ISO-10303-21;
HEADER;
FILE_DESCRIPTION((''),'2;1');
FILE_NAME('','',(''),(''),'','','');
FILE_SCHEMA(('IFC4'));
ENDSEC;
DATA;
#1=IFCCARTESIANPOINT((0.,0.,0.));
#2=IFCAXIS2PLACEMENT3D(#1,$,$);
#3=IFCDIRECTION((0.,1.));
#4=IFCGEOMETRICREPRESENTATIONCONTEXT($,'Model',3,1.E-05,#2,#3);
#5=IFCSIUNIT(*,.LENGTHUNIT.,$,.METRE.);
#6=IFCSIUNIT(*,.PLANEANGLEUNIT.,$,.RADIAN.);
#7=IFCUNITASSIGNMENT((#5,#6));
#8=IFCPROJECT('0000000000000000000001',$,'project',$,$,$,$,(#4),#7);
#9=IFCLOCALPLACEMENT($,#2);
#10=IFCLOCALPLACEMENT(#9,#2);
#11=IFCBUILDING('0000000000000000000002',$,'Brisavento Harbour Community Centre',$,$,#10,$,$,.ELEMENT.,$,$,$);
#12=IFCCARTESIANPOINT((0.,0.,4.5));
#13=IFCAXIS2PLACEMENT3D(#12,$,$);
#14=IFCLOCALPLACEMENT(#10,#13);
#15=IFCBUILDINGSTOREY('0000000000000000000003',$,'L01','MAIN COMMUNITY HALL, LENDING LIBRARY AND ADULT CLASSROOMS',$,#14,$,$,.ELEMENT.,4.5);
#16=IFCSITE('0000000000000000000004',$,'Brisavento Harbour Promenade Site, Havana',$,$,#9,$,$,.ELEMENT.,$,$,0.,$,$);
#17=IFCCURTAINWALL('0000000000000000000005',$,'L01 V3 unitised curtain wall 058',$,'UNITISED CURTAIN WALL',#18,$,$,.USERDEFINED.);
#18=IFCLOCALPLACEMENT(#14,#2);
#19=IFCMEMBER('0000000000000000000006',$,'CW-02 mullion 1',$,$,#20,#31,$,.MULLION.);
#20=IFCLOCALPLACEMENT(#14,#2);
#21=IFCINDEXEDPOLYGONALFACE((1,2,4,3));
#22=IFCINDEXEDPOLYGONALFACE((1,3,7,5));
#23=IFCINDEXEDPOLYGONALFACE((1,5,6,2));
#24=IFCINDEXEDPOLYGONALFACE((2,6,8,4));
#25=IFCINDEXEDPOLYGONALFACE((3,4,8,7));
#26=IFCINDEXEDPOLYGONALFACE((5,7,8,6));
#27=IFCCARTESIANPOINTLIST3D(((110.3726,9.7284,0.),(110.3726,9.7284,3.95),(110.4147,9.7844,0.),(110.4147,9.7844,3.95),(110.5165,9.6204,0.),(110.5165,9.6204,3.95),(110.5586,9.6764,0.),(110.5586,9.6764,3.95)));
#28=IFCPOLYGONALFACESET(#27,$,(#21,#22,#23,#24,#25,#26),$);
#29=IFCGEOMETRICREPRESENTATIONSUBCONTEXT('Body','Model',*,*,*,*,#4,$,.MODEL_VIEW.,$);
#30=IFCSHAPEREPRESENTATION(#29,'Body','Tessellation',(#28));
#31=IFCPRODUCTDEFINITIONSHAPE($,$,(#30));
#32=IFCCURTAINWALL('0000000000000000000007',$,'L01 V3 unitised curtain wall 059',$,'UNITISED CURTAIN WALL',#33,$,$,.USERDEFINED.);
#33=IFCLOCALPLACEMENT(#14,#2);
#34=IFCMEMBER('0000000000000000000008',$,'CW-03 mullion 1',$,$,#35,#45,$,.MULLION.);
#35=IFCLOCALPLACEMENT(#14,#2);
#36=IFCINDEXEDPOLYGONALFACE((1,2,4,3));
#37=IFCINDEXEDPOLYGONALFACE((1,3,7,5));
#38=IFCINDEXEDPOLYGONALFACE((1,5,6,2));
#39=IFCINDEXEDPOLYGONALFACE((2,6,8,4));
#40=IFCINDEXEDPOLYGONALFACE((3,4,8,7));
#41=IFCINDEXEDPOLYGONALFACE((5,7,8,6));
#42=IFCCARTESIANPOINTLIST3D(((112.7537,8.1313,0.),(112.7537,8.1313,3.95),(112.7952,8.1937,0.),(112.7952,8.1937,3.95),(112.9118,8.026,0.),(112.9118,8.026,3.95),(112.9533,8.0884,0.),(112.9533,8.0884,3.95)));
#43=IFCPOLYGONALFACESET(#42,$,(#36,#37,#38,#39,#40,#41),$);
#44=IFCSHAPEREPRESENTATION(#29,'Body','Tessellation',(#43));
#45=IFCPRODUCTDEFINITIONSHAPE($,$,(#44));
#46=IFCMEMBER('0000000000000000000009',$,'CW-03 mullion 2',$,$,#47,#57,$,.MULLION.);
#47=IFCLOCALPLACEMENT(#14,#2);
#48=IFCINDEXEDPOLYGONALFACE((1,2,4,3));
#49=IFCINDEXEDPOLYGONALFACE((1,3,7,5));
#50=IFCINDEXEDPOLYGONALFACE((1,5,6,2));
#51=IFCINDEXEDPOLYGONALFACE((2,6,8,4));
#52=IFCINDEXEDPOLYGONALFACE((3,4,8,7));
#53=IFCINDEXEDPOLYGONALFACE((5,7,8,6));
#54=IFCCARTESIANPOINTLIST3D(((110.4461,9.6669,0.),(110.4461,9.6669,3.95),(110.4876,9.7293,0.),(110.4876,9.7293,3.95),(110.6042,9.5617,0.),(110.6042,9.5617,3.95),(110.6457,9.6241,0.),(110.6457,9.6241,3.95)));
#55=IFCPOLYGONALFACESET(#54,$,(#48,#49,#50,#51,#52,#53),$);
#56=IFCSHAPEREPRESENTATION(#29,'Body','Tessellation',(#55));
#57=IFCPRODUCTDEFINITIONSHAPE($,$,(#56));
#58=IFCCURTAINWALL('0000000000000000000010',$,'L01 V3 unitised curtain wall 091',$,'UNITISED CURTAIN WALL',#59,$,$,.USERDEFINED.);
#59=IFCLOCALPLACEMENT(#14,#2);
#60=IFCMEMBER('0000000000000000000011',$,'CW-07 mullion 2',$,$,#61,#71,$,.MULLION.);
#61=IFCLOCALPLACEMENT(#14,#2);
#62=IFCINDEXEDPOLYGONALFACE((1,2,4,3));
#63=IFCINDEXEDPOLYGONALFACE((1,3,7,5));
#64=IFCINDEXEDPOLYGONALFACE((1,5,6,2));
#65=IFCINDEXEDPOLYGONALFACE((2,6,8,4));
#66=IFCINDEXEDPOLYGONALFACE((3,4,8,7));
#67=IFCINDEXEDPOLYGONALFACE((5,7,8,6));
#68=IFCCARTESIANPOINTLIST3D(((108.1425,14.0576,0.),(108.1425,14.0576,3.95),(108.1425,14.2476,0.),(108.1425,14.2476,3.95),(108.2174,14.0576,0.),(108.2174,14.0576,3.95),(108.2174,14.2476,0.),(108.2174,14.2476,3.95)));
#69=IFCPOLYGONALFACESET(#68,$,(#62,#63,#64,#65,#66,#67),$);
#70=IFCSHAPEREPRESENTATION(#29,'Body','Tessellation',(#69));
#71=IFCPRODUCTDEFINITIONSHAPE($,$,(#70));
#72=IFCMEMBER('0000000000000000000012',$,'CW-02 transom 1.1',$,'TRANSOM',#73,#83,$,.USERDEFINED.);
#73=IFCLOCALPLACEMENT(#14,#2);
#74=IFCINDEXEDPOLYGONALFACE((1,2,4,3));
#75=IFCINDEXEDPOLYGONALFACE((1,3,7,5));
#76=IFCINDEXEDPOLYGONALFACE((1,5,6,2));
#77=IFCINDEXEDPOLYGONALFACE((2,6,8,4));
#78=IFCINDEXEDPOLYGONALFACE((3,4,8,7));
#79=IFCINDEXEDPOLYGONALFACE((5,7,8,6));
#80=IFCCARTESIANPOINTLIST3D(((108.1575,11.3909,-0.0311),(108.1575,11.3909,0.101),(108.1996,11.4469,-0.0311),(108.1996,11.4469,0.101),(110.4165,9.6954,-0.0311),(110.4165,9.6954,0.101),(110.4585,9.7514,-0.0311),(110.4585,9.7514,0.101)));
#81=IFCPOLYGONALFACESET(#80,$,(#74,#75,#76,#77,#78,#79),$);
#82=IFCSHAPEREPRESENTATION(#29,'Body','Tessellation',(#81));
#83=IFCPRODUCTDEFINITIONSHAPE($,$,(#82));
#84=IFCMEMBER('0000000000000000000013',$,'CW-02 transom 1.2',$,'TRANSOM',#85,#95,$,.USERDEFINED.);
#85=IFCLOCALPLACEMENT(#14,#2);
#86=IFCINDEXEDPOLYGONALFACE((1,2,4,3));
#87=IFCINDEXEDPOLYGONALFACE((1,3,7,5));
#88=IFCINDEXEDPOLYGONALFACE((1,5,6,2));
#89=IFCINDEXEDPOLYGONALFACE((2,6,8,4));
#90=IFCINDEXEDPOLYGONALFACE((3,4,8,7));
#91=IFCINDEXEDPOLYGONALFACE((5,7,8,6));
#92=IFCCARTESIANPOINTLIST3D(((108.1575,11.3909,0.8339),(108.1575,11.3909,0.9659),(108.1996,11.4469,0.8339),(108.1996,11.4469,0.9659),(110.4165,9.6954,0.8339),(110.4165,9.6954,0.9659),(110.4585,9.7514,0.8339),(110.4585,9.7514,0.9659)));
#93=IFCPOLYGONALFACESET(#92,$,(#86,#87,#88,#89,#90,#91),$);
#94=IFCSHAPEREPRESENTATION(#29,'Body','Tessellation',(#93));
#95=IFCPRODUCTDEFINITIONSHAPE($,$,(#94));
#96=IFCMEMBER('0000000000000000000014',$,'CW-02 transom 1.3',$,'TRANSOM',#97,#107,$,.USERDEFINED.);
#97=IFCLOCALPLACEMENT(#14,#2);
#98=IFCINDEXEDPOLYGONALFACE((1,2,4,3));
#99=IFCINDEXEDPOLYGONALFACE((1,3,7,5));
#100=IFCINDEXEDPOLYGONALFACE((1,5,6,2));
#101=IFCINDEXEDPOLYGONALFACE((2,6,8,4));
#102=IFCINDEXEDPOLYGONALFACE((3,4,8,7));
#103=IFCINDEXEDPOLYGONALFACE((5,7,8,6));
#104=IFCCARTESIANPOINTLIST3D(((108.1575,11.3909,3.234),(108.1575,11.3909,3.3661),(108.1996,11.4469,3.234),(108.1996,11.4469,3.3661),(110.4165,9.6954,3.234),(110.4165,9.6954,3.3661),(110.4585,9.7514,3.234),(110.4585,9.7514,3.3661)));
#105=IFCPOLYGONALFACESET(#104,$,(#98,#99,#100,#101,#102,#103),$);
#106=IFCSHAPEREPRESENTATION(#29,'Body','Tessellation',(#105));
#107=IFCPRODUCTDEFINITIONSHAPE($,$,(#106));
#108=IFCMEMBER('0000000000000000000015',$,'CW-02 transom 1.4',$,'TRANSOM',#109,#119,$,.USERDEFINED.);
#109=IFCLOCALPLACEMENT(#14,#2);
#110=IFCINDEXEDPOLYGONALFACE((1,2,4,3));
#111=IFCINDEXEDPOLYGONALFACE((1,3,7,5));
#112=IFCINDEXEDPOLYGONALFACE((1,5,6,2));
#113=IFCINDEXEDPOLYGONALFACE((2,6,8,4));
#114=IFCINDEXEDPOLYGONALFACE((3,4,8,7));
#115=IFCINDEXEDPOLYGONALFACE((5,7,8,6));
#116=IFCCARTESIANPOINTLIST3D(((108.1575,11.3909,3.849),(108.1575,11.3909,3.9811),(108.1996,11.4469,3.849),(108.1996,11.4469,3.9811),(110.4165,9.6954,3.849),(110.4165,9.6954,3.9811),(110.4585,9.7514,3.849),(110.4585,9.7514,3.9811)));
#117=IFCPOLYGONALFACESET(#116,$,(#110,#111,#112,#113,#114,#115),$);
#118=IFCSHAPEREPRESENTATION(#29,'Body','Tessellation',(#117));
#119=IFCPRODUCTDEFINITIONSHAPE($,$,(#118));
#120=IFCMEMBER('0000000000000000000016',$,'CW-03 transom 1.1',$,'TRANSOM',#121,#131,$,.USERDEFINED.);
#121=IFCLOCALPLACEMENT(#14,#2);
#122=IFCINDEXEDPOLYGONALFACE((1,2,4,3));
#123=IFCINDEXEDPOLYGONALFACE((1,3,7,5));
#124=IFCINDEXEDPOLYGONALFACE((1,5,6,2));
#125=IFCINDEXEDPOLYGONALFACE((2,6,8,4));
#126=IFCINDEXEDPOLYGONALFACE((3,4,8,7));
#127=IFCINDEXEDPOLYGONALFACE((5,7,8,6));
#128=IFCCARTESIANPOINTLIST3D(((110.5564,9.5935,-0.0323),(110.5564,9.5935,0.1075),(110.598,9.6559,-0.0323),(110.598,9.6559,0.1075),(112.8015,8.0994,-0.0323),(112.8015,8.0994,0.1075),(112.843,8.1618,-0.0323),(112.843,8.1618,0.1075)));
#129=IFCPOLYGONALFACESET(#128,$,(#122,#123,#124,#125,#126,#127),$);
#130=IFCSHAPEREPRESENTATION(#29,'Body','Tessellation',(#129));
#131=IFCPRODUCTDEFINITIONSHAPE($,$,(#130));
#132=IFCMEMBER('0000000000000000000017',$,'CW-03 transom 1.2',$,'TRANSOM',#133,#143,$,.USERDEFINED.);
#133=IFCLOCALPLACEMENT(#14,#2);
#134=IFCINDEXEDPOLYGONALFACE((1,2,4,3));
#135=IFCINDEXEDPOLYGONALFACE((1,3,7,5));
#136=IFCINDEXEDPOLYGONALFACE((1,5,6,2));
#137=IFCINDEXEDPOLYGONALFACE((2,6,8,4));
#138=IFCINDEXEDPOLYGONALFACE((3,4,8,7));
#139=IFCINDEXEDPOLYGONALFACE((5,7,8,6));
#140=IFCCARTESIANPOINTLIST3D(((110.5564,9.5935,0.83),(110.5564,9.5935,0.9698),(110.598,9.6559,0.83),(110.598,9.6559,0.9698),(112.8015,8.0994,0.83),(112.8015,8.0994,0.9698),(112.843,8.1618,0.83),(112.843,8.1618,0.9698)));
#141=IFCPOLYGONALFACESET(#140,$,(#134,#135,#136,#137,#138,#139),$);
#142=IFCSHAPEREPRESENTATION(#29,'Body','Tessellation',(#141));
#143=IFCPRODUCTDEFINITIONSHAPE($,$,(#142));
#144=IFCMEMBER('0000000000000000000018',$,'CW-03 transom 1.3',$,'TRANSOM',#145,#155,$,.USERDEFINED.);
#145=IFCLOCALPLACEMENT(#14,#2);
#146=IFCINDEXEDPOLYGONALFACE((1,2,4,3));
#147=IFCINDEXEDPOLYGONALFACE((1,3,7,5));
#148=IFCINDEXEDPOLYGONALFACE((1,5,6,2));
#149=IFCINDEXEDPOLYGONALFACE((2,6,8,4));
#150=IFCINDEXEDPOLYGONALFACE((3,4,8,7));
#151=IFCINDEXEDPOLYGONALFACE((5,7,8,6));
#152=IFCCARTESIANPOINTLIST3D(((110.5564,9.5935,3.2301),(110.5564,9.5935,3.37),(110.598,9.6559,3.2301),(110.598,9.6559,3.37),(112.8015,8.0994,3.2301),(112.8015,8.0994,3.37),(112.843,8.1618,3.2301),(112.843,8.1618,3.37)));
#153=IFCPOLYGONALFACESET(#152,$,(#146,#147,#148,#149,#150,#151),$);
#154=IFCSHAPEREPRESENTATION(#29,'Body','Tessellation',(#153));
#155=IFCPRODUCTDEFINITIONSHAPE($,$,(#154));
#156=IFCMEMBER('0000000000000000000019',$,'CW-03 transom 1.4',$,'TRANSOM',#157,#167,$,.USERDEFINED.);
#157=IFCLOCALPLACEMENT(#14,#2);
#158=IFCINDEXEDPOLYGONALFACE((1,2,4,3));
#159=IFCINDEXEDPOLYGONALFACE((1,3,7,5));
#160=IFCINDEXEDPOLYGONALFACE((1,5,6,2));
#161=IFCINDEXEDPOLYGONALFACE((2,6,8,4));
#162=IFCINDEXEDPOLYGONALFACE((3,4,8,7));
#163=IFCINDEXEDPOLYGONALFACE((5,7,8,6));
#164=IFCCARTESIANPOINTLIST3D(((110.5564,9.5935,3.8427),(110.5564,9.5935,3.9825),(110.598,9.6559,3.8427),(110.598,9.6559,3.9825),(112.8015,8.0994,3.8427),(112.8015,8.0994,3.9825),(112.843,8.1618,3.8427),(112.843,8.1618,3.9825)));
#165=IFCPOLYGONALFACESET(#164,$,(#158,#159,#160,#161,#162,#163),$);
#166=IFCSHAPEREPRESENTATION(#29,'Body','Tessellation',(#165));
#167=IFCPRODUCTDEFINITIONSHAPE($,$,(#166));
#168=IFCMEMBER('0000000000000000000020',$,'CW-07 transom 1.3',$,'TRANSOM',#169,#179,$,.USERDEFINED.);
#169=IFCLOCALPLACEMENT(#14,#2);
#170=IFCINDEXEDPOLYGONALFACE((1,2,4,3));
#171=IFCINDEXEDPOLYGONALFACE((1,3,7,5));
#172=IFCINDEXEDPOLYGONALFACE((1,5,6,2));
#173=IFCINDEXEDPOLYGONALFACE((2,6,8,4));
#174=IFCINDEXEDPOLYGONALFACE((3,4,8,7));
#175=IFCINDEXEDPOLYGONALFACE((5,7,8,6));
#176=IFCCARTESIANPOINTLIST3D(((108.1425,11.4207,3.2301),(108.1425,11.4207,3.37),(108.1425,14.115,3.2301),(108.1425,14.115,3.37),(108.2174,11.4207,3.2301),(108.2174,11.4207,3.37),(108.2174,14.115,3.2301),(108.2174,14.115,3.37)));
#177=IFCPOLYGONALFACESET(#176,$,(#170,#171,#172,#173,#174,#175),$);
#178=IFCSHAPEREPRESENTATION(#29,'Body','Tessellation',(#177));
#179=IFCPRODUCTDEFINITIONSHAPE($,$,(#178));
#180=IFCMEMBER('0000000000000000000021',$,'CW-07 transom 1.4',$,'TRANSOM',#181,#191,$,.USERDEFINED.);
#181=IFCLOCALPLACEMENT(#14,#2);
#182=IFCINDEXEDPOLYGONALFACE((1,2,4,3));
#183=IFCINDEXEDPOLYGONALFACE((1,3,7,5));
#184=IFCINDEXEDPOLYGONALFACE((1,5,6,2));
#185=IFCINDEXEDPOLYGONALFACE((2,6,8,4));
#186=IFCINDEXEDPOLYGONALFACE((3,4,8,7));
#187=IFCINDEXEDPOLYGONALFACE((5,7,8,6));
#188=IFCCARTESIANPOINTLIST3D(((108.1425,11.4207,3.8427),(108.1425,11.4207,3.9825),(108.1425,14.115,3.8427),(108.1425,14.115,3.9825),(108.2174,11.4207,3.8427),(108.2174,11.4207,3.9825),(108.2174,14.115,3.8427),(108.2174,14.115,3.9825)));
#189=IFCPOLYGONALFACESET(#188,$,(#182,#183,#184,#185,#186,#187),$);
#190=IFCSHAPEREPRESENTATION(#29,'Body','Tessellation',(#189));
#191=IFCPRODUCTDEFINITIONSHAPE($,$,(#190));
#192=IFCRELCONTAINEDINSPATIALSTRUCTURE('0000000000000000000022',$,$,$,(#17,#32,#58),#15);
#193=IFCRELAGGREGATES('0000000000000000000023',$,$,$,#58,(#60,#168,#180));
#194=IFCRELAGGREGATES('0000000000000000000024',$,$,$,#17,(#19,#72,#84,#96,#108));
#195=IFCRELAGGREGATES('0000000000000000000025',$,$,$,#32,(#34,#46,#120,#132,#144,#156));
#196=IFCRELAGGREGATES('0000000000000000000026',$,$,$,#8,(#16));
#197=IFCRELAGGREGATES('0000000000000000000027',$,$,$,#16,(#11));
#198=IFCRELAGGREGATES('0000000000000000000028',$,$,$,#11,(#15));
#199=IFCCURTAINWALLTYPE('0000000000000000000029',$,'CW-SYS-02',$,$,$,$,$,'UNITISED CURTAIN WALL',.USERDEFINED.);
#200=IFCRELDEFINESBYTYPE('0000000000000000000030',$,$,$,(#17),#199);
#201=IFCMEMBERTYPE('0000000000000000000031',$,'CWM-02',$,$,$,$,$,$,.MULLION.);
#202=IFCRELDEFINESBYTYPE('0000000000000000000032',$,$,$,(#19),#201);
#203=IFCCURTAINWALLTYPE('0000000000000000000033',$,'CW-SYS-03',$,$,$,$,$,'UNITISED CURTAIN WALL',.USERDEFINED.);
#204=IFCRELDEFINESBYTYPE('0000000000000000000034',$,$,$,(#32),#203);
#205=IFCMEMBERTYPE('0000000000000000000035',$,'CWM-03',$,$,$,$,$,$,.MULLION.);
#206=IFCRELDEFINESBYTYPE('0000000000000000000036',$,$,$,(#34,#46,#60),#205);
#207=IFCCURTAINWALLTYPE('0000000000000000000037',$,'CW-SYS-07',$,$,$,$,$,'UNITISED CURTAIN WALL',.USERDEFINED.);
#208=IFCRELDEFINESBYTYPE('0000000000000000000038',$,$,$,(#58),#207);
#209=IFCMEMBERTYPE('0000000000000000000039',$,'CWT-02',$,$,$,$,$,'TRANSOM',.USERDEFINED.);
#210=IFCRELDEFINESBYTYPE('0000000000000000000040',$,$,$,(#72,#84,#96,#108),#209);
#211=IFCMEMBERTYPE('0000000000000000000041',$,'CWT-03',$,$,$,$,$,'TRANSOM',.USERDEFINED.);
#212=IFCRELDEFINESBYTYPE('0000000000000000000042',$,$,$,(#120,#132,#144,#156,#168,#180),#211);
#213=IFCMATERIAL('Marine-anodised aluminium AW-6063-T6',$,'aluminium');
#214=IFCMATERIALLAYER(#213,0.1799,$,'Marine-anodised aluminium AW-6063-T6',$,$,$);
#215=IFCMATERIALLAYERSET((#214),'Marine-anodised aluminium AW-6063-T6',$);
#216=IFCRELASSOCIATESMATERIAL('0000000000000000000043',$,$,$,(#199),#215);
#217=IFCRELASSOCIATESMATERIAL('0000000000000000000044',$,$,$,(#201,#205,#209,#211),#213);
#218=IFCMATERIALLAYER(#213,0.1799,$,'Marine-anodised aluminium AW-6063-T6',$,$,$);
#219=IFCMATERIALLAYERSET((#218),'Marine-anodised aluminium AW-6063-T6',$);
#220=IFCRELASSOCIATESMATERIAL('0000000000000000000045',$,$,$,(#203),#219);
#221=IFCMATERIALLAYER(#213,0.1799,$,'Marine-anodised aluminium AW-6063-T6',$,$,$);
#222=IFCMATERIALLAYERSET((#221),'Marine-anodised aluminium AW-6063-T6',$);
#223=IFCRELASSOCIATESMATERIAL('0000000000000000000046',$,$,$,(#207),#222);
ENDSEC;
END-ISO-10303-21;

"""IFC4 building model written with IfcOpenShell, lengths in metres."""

from ifc_helpers import new_model, si_unit, direction, frame, origin, origin_2d, place, context, subcontext, project, spatial, rectangle, extrude, material, layer, layer_set, material_profile, profile_set, type_object, element, aggregate, save


model = new_model("IFC4")

# Units and contexts
model_context = context("Model", 3, precision=1e-05, world=origin(), true_north=direction((0.0, 1.0)))
body_context = subcontext(model_context, "Body", "Model", "MODEL_VIEW")
ifc_project = project(units=[si_unit("LENGTHUNIT", "METRE"), si_unit("PLANEANGLEUNIT", "RADIAN")], contexts=[model_context])

# Site, building, storey
site_placement = place(None, origin())
site = spatial("IfcSite", under=ifc_project, at=site_placement, Name="Brisavento Harbour Promenade Site, Havana", CompositionType="ELEMENT", RefElevation=0.0)
building_placement = place(site_placement, origin())
building = spatial("IfcBuilding", under=site, at=building_placement, Name="Brisavento Harbour Community Centre", CompositionType="ELEMENT")
storey_placement = place(building_placement, frame((0.0, 0.0, 4.5)))
storey = spatial("IfcBuildingStorey", under=building, at=storey_placement, Name="L01", Description="MAIN COMMUNITY HALL, LENDING LIBRARY AND ADULT CLASSROOMS", CompositionType="ELEMENT", Elevation=4.5)

# Curtain wall, member
ifc_material_1 = material(Name="Marine-anodised aluminium AW-6063-T6", Category="aluminium")
ifc_layer_1 = layer(ifc_material_1, 0.1799, Name="Marine-anodised aluminium AW-6063-T6")
ifc_layer_set_1 = layer_set([ifc_layer_1], Name="Marine-anodised aluminium AW-6063-T6")
curtain_wall_type_1 = type_object("IfcCurtainWallType", Name="CW-SYS-02", ElementType="UNITISED CURTAIN WALL", PredefinedType="USERDEFINED", material=ifc_layer_set_1)
curtain_wall_1_placement = place(storey_placement, origin())
curtain_wall_1 = element("IfcCurtainWall", 1, at=curtain_wall_1_placement, inside=storey, type_object=curtain_wall_type_1, Name="L01 V3 unitised curtain wall 058", ObjectType="UNITISED CURTAIN WALL", PredefinedType="USERDEFINED")
ifc_material_profile_1 = material_profile(ifc_material_1, rectangle(XDim=0.0701, YDim=0.1799, at=origin_2d()), Name="Marine-anodised aluminium AW-6063-T6")
ifc_profile_set_1 = profile_set([ifc_material_profile_1], Name="Marine-anodised aluminium AW-6063-T6")
member_type_1 = type_object("IfcMemberType", Name="CWM-02", PredefinedType="MULLION", material=ifc_profile_set_1)
member_1_placement = place(storey_placement, frame((110.4656, 9.7024, 0.0), z_axis=(0.0, 0.0, 1.0), x_axis=(-0.600259, -0.799806, 0.0)))
member_1 = element("IfcMember", 2, at=member_1_placement, type_object=member_type_1, Name="CW-02 mullion 1", PredefinedType="MULLION", context=body_context, shape_type="SweptSolid", body=[
    extrude(rectangle(XDim=0.0701, YDim=0.1799, at=origin_2d()), origin(), (0.0, 0.0, 1.0), 3.95),
])

# Curtain wall, members
ifc_layer_2 = layer(ifc_material_1, 0.1799, Name="Marine-anodised aluminium AW-6063-T6")
ifc_layer_set_2 = layer_set([ifc_layer_2], Name="Marine-anodised aluminium AW-6063-T6")
curtain_wall_type_2 = type_object("IfcCurtainWallType", Name="CW-SYS-03", ElementType="UNITISED CURTAIN WALL", PredefinedType="USERDEFINED", material=ifc_layer_set_2)
curtain_wall_2_placement = place(storey_placement, origin())
curtain_wall_2 = element("IfcCurtainWall", 3, at=curtain_wall_2_placement, inside=storey, type_object=curtain_wall_type_2, Name="L01 V3 unitised curtain wall 059", ObjectType="UNITISED CURTAIN WALL", PredefinedType="USERDEFINED")
ifc_material_profile_2 = material_profile(ifc_material_1, rectangle(XDim=0.075, YDim=0.1899, at=origin_2d()), Name="Marine-anodised aluminium AW-6063-T6")
ifc_profile_set_2 = profile_set([ifc_material_profile_2], Name="Marine-anodised aluminium AW-6063-T6")
member_type_2 = type_object("IfcMemberType", Name="CWM-03", PredefinedType="MULLION", material=ifc_profile_set_2)
member_2_placement = place(storey_placement, frame((112.8535, 8.1099, 0.0), z_axis=(0.0, 0.0, 1.0), x_axis=(-0.554068, -0.832472, 0.0)))
member_2 = element("IfcMember", 4, at=member_2_placement, type_object=member_type_2, Name="CW-03 mullion 1", PredefinedType="MULLION", context=body_context, shape_type="SweptSolid", body=[
    extrude(rectangle(XDim=0.075, YDim=0.1899, at=origin_2d()), origin(), (0.0, 0.0, 1.0), 3.95),
])
member_3_placement = place(storey_placement, frame((110.5459, 9.6455, 0.0), z_axis=(0.0, 0.0, 1.0), x_axis=(-0.554068, -0.832472, 0.0)))
member_3 = element("IfcMember", 5, at=member_3_placement, type_object=member_type_2, Name="CW-03 mullion 2", PredefinedType="MULLION", context=body_context, shape_type="SweptSolid", body=[
    extrude(rectangle(XDim=0.075, YDim=0.1899, at=origin_2d()), origin(), (0.0, 0.0, 1.0), 3.95),
])

# Curtain wall, member
ifc_layer_3 = layer(ifc_material_1, 0.1799, Name="Marine-anodised aluminium AW-6063-T6")
ifc_layer_set_3 = layer_set([ifc_layer_3], Name="Marine-anodised aluminium AW-6063-T6")
curtain_wall_type_3 = type_object("IfcCurtainWallType", Name="CW-SYS-07", ElementType="UNITISED CURTAIN WALL", PredefinedType="USERDEFINED", material=ifc_layer_set_3)
curtain_wall_3_placement = place(storey_placement, origin())
curtain_wall_3 = element("IfcCurtainWall", 6, at=curtain_wall_3_placement, inside=storey, type_object=curtain_wall_type_3, Name="L01 V3 unitised curtain wall 091", ObjectType="UNITISED CURTAIN WALL", PredefinedType="USERDEFINED")
member_4_placement = place(storey_placement, frame((108.1799, 14.1526, 0.0), z_axis=(0.0, 0.0, 1.0), x_axis=(-1.0, 0.0, 0.0)))
member_4 = element("IfcMember", 7, at=member_4_placement, type_object=member_type_2, Name="CW-07 mullion 2", PredefinedType="MULLION", context=body_context, shape_type="SweptSolid", body=[
    extrude(rectangle(XDim=0.075, YDim=0.1899, at=origin_2d()), origin(), (0.0, 0.0, 1.0), 3.95),
])

# Members
ifc_material_profile_3 = material_profile(ifc_material_1, rectangle(XDim=0.0701, YDim=0.1321, at=origin_2d()), Name="Marine-anodised aluminium AW-6063-T6")
ifc_profile_set_3 = profile_set([ifc_material_profile_3], Name="Marine-anodised aluminium AW-6063-T6")
member_type_3 = type_object("IfcMemberType", Name="CWT-02", ElementType="TRANSOM", PredefinedType="USERDEFINED", material=ifc_profile_set_3)
member_5_placement = place(storey_placement, frame((110.4375, 9.7234, 0.0349), z_axis=(-0.799782, 0.60029, 0.0), x_axis=(-0.60029, -0.799782, 0.0)))
member_5 = element("IfcMember", 8, at=member_5_placement, type_object=member_type_3, Name="CW-02 transom 1.1", ObjectType="TRANSOM", PredefinedType="USERDEFINED", context=body_context, shape_type="SweptSolid", body=[
    extrude(rectangle(XDim=0.0701, YDim=0.1321, at=origin_2d()), origin(), (0.0, 0.0, 1.0), 2.8245),
])
member_6_placement = place(storey_placement, frame((110.4375, 9.7234, 0.8999), z_axis=(-0.799782, 0.60029, 0.0), x_axis=(-0.60029, -0.799782, 0.0)))
member_6 = element("IfcMember", 9, at=member_6_placement, type_object=member_type_3, Name="CW-02 transom 1.2", ObjectType="TRANSOM", PredefinedType="USERDEFINED", context=body_context, shape_type="SweptSolid", body=[
    extrude(rectangle(XDim=0.0701, YDim=0.1321, at=origin_2d()), origin(), (0.0, 0.0, 1.0), 2.8245),
])
member_7_placement = place(storey_placement, frame((110.4375, 9.7234, 3.3), z_axis=(-0.799782, 0.60029, 0.0), x_axis=(-0.60029, -0.799782, 0.0)))
member_7 = element("IfcMember", 10, at=member_7_placement, type_object=member_type_3, Name="CW-02 transom 1.3", ObjectType="TRANSOM", PredefinedType="USERDEFINED", context=body_context, shape_type="SweptSolid", body=[
    extrude(rectangle(XDim=0.0701, YDim=0.1321, at=origin_2d()), origin(), (0.0, 0.0, 1.0), 2.8245),
])
member_8_placement = place(storey_placement, frame((110.4375, 9.7234, 3.915), z_axis=(-0.799782, 0.60029, 0.0), x_axis=(-0.60029, -0.799782, 0.0)))
member_8 = element("IfcMember", 11, at=member_8_placement, type_object=member_type_3, Name="CW-02 transom 1.4", ObjectType="TRANSOM", PredefinedType="USERDEFINED", context=body_context, shape_type="SweptSolid", body=[
    extrude(rectangle(XDim=0.0701, YDim=0.1321, at=origin_2d()), origin(), (0.0, 0.0, 1.0), 2.8245),
])
ifc_material_profile_4 = material_profile(ifc_material_1, rectangle(XDim=0.075, YDim=0.1399, at=origin_2d()), Name="Marine-anodised aluminium AW-6063-T6")
ifc_profile_set_4 = profile_set([ifc_material_profile_4], Name="Marine-anodised aluminium AW-6063-T6")
member_type_4 = type_object("IfcMemberType", Name="CWT-03", ElementType="TRANSOM", PredefinedType="USERDEFINED", material=ifc_profile_set_4)
member_9_placement = place(storey_placement, frame((112.8223, 8.1306, 0.0376), z_axis=(-0.832496, 0.554032, 0.0), x_axis=(-0.554032, -0.832496, 0.0)))
member_9 = element("IfcMember", 12, at=member_9_placement, type_object=member_type_4, Name="CW-03 transom 1.1", ObjectType="TRANSOM", PredefinedType="USERDEFINED", context=body_context, shape_type="SweptSolid", body=[
    extrude(rectangle(XDim=0.075, YDim=0.1399, at=origin_2d()), origin(), (0.0, 0.0, 1.0), 2.6968),
])
member_10_placement = place(storey_placement, frame((112.8223, 8.1306, 0.8999), z_axis=(-0.832496, 0.554032, 0.0), x_axis=(-0.554032, -0.832496, 0.0)))
member_10 = element("IfcMember", 13, at=member_10_placement, type_object=member_type_4, Name="CW-03 transom 1.2", ObjectType="TRANSOM", PredefinedType="USERDEFINED", context=body_context, shape_type="SweptSolid", body=[
    extrude(rectangle(XDim=0.075, YDim=0.1399, at=origin_2d()), origin(), (0.0, 0.0, 1.0), 2.6968),
])
member_11_placement = place(storey_placement, frame((112.8223, 8.1306, 3.3), z_axis=(-0.832496, 0.554032, 0.0), x_axis=(-0.554032, -0.832496, 0.0)))
member_11 = element("IfcMember", 14, at=member_11_placement, type_object=member_type_4, Name="CW-03 transom 1.3", ObjectType="TRANSOM", PredefinedType="USERDEFINED", context=body_context, shape_type="SweptSolid", body=[
    extrude(rectangle(XDim=0.075, YDim=0.1399, at=origin_2d()), origin(), (0.0, 0.0, 1.0), 2.6968),
])
member_12_placement = place(storey_placement, frame((112.8223, 8.1306, 3.9126), z_axis=(-0.832496, 0.554032, 0.0), x_axis=(-0.554032, -0.832496, 0.0)))
member_12 = element("IfcMember", 15, at=member_12_placement, type_object=member_type_4, Name="CW-03 transom 1.4", ObjectType="TRANSOM", PredefinedType="USERDEFINED", context=body_context, shape_type="SweptSolid", body=[
    extrude(rectangle(XDim=0.075, YDim=0.1399, at=origin_2d()), origin(), (0.0, 0.0, 1.0), 2.6968),
])
member_13_placement = place(storey_placement, frame((108.1799, 11.4207, 3.3), z_axis=(0.0, 1.0, 0.0), x_axis=(-1.0, 0.0, 0.0)))
member_13 = element("IfcMember", 16, at=member_13_placement, type_object=member_type_4, Name="CW-07 transom 1.3", ObjectType="TRANSOM", PredefinedType="USERDEFINED", context=body_context, shape_type="SweptSolid", body=[
    extrude(rectangle(XDim=0.075, YDim=0.1399, at=origin_2d()), origin(), (0.0, 0.0, 1.0), 2.6943),
])
member_14_placement = place(storey_placement, frame((108.1799, 11.4207, 3.9126), z_axis=(0.0, 1.0, 0.0), x_axis=(-1.0, 0.0, 0.0)))
member_14 = element("IfcMember", 17, at=member_14_placement, type_object=member_type_4, Name="CW-07 transom 1.4", ObjectType="TRANSOM", PredefinedType="USERDEFINED", context=body_context, shape_type="SweptSolid", body=[
    extrude(rectangle(XDim=0.075, YDim=0.1399, at=origin_2d()), origin(), (0.0, 0.0, 1.0), 2.6943),
])

aggregate(curtain_wall_3, [member_4, member_13, member_14])
aggregate(curtain_wall_1, [member_1, member_5, member_6, member_7, member_8])
aggregate(curtain_wall_2, [member_2, member_3, member_9, member_10, member_11, member_12])

save(model, "model.ifc")
